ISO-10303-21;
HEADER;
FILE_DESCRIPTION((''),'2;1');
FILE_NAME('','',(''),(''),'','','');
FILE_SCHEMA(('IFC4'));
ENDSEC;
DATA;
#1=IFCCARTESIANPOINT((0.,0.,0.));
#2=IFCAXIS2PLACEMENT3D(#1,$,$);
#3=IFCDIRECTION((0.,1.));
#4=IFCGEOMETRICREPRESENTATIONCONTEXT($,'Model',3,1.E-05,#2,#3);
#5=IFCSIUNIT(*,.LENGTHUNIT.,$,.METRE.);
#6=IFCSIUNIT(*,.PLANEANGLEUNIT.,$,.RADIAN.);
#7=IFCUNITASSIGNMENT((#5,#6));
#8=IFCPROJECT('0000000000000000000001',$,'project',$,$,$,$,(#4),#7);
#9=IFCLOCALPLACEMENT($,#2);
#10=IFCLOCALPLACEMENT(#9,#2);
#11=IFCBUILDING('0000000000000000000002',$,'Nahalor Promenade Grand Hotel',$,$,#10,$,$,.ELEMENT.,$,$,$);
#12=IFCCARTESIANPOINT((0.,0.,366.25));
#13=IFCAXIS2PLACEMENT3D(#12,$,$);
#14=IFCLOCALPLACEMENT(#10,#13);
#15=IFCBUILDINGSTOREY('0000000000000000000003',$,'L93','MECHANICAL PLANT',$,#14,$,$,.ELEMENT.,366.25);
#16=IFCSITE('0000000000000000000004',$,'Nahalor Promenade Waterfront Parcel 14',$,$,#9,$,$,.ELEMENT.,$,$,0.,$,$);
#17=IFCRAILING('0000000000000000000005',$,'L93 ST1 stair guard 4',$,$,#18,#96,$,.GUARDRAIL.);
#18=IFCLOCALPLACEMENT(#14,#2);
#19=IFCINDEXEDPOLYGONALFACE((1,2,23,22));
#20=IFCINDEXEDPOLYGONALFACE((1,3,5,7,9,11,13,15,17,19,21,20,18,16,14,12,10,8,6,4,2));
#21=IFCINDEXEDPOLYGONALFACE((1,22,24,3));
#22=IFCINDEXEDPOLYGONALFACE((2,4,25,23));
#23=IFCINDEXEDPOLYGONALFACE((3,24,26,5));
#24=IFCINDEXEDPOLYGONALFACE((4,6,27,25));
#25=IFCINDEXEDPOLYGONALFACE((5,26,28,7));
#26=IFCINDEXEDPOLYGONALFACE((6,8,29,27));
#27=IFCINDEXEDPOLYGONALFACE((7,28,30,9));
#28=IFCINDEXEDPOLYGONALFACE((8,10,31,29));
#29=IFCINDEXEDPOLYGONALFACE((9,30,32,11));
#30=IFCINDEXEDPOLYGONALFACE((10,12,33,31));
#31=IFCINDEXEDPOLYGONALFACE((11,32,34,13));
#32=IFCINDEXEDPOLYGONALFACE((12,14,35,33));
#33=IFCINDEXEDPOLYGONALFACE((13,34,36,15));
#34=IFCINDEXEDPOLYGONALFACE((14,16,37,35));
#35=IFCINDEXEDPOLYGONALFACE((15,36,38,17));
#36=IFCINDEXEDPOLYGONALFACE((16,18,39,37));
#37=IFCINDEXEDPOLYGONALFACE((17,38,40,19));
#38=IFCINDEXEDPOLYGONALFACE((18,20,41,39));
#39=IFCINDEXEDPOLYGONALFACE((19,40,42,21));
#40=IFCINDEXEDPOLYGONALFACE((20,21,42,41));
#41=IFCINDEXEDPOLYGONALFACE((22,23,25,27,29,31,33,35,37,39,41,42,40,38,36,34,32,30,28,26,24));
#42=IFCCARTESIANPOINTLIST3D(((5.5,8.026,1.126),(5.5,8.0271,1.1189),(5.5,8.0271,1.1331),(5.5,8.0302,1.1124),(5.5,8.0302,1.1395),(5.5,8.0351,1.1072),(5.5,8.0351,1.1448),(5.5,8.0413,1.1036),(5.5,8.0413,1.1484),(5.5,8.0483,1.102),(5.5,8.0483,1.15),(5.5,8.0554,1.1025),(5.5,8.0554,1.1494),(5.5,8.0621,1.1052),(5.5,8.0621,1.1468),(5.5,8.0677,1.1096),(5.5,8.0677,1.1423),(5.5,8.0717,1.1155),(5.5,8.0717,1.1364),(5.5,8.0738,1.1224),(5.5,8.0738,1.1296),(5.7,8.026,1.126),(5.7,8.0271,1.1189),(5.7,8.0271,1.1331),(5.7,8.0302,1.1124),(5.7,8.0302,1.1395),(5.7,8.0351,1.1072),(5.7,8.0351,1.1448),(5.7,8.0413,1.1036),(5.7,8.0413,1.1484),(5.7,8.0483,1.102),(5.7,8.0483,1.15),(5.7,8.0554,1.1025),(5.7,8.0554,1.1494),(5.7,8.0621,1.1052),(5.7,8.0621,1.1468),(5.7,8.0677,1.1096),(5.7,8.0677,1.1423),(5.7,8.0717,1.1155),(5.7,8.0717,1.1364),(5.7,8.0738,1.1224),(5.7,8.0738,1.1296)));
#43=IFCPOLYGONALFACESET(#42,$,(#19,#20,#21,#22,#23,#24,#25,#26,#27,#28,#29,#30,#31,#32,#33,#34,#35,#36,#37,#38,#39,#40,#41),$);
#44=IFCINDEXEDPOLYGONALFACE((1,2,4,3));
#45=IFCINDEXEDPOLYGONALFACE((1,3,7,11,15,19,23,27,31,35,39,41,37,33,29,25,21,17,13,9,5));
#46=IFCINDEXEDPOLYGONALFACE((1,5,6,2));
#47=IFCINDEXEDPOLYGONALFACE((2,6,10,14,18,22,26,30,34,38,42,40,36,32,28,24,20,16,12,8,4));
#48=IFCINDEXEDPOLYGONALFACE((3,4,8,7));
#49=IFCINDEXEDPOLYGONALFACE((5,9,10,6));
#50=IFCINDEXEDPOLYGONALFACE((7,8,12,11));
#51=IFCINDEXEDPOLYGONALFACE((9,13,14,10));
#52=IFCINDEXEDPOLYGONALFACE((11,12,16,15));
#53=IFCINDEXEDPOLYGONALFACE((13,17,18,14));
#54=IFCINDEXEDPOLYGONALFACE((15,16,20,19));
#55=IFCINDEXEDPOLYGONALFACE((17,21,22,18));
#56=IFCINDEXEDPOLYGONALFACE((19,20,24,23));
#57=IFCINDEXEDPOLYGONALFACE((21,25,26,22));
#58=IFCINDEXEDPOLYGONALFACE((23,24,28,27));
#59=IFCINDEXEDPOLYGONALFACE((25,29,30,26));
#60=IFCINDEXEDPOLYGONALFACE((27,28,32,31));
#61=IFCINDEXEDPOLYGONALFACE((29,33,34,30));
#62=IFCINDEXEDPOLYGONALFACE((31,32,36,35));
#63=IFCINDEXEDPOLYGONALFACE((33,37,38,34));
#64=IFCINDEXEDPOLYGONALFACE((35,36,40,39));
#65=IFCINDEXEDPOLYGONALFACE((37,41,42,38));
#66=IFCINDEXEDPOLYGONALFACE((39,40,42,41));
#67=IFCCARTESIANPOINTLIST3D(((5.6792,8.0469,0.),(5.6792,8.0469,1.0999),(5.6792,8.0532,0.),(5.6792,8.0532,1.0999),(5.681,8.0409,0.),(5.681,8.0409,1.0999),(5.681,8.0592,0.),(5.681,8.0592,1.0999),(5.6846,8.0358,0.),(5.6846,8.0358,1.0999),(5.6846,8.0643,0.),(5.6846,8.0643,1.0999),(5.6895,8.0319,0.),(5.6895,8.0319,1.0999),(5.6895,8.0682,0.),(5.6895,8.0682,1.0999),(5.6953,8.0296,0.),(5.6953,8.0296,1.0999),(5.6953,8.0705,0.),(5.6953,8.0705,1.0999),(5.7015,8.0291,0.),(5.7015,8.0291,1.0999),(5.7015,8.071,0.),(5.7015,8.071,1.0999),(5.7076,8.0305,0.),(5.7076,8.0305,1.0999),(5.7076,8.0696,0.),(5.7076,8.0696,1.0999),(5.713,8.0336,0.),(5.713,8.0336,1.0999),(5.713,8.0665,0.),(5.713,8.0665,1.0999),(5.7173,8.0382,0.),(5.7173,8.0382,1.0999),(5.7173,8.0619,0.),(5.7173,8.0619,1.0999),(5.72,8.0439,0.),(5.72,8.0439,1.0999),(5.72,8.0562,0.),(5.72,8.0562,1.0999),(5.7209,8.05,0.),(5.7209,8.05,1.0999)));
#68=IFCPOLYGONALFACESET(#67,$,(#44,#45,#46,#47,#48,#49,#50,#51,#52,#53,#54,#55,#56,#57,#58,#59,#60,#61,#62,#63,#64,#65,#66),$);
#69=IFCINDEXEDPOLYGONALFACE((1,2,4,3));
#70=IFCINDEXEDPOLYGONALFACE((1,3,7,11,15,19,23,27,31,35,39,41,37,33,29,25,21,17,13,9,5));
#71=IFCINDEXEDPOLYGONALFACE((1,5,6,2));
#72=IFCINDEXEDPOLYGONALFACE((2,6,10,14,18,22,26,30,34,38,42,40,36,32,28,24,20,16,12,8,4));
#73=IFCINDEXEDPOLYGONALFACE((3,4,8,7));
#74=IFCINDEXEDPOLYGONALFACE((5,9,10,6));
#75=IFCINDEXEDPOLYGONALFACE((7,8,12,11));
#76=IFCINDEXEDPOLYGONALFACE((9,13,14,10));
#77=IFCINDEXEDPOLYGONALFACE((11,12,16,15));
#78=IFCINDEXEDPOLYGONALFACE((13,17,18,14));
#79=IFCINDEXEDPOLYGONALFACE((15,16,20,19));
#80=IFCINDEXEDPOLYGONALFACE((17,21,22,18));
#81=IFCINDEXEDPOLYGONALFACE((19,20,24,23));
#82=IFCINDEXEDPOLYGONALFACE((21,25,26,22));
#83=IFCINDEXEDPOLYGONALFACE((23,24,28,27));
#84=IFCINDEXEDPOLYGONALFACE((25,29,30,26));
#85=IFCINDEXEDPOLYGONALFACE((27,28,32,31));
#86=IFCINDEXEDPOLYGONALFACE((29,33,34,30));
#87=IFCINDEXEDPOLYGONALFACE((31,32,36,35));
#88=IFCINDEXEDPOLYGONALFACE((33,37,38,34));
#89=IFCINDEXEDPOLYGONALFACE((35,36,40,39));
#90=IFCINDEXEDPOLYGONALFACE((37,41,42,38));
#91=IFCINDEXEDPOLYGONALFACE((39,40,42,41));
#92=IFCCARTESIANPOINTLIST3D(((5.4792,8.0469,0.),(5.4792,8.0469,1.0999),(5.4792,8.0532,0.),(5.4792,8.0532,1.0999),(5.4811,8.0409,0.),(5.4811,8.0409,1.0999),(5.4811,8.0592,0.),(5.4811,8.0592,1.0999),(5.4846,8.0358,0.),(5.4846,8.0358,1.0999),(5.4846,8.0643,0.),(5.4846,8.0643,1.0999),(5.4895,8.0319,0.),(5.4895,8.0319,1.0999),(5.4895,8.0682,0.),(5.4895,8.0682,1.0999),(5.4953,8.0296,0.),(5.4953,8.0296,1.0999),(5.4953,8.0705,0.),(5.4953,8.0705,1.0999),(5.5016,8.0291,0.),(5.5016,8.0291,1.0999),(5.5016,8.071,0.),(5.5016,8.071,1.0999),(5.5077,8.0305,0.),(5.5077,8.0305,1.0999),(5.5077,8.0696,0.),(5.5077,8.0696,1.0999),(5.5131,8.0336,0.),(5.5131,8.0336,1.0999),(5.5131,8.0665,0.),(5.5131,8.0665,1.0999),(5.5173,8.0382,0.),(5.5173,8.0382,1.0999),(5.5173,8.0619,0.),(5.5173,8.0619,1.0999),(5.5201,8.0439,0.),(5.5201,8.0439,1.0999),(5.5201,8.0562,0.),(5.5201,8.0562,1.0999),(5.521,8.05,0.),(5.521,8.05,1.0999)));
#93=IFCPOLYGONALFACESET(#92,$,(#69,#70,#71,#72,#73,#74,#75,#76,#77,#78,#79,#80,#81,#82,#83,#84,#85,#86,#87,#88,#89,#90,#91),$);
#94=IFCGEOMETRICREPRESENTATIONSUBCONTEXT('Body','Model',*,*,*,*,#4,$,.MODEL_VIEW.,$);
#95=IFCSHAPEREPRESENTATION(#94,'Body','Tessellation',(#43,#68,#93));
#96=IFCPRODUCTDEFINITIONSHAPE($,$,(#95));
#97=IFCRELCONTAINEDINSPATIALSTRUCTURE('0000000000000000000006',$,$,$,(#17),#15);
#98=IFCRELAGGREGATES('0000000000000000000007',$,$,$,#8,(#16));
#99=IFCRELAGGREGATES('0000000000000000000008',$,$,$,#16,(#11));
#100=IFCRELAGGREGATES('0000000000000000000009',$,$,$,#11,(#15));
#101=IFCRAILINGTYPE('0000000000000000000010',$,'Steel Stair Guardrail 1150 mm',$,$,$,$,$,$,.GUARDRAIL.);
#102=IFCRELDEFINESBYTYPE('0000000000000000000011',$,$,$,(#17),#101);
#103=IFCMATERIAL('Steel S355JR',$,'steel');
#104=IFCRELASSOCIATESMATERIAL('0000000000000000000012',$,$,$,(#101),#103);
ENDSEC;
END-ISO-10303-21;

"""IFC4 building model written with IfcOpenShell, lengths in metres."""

from ifc_helpers import new_model, si_unit, direction, frame, origin, origin_2d, place, context, subcontext, project, spatial, circle, extrude, material, type_object, element, save


model = new_model("IFC4")

# Units and contexts
model_context = context("Model", 3, precision=1e-05, world=origin(), true_north=direction((0.0, 1.0)))
body_context = subcontext(model_context, "Body", "Model", "MODEL_VIEW")
ifc_project = project(units=[si_unit("LENGTHUNIT", "METRE"), si_unit("PLANEANGLEUNIT", "RADIAN")], contexts=[model_context])

# Site, building, storey
site_placement = place(None, origin())
site = spatial("IfcSite", under=ifc_project, at=site_placement, Name="Nahalor Promenade Waterfront Parcel 14", CompositionType="ELEMENT", RefElevation=0.0)
building_placement = place(site_placement, origin())
building = spatial("IfcBuilding", under=site, at=building_placement, Name="Nahalor Promenade Grand Hotel", CompositionType="ELEMENT")
storey_placement = place(building_placement, frame((0.0, 0.0, 366.25)))
storey = spatial("IfcBuildingStorey", under=building, at=storey_placement, Name="L93", Description="MECHANICAL PLANT", CompositionType="ELEMENT", Elevation=366.25)

# Shared definitions
ifc_material_1 = material(Name="Steel S355JR", Category="steel")

# Railing
railing_type = type_object("IfcRailingType", Name="Steel Stair Guardrail 1150 mm", PredefinedType="GUARDRAIL", material=ifc_material_1)
railing_1_placement = place(storey_placement, frame((5.7, 8.05, 0.0)))
element("IfcRailing", 1, at=railing_1_placement, inside=storey, type_object=railing_type, Name="L93 ST1 stair guard 4", PredefinedType="GUARDRAIL", context=body_context, shape_type="SweptSolid", body=[
    extrude(circle(Radius=0.024, at=origin_2d()), frame((0.0, 0.0, 1.126), z_axis=(-1.0, 0.0, 0.0), x_axis=(0.0, -1.0, 0.0)), (0.0, 0.0, 1.0), 0.2),
    extrude(circle(Radius=0.021, at=origin_2d()), origin(), (0.0, 0.0, 1.0), 1.0999),
    extrude(circle(Radius=0.021, at=origin_2d()), frame((-0.2, 0.0, 0.0)), (0.0, 0.0, 1.0), 1.0999),
])

save(model, "model.ifc")
